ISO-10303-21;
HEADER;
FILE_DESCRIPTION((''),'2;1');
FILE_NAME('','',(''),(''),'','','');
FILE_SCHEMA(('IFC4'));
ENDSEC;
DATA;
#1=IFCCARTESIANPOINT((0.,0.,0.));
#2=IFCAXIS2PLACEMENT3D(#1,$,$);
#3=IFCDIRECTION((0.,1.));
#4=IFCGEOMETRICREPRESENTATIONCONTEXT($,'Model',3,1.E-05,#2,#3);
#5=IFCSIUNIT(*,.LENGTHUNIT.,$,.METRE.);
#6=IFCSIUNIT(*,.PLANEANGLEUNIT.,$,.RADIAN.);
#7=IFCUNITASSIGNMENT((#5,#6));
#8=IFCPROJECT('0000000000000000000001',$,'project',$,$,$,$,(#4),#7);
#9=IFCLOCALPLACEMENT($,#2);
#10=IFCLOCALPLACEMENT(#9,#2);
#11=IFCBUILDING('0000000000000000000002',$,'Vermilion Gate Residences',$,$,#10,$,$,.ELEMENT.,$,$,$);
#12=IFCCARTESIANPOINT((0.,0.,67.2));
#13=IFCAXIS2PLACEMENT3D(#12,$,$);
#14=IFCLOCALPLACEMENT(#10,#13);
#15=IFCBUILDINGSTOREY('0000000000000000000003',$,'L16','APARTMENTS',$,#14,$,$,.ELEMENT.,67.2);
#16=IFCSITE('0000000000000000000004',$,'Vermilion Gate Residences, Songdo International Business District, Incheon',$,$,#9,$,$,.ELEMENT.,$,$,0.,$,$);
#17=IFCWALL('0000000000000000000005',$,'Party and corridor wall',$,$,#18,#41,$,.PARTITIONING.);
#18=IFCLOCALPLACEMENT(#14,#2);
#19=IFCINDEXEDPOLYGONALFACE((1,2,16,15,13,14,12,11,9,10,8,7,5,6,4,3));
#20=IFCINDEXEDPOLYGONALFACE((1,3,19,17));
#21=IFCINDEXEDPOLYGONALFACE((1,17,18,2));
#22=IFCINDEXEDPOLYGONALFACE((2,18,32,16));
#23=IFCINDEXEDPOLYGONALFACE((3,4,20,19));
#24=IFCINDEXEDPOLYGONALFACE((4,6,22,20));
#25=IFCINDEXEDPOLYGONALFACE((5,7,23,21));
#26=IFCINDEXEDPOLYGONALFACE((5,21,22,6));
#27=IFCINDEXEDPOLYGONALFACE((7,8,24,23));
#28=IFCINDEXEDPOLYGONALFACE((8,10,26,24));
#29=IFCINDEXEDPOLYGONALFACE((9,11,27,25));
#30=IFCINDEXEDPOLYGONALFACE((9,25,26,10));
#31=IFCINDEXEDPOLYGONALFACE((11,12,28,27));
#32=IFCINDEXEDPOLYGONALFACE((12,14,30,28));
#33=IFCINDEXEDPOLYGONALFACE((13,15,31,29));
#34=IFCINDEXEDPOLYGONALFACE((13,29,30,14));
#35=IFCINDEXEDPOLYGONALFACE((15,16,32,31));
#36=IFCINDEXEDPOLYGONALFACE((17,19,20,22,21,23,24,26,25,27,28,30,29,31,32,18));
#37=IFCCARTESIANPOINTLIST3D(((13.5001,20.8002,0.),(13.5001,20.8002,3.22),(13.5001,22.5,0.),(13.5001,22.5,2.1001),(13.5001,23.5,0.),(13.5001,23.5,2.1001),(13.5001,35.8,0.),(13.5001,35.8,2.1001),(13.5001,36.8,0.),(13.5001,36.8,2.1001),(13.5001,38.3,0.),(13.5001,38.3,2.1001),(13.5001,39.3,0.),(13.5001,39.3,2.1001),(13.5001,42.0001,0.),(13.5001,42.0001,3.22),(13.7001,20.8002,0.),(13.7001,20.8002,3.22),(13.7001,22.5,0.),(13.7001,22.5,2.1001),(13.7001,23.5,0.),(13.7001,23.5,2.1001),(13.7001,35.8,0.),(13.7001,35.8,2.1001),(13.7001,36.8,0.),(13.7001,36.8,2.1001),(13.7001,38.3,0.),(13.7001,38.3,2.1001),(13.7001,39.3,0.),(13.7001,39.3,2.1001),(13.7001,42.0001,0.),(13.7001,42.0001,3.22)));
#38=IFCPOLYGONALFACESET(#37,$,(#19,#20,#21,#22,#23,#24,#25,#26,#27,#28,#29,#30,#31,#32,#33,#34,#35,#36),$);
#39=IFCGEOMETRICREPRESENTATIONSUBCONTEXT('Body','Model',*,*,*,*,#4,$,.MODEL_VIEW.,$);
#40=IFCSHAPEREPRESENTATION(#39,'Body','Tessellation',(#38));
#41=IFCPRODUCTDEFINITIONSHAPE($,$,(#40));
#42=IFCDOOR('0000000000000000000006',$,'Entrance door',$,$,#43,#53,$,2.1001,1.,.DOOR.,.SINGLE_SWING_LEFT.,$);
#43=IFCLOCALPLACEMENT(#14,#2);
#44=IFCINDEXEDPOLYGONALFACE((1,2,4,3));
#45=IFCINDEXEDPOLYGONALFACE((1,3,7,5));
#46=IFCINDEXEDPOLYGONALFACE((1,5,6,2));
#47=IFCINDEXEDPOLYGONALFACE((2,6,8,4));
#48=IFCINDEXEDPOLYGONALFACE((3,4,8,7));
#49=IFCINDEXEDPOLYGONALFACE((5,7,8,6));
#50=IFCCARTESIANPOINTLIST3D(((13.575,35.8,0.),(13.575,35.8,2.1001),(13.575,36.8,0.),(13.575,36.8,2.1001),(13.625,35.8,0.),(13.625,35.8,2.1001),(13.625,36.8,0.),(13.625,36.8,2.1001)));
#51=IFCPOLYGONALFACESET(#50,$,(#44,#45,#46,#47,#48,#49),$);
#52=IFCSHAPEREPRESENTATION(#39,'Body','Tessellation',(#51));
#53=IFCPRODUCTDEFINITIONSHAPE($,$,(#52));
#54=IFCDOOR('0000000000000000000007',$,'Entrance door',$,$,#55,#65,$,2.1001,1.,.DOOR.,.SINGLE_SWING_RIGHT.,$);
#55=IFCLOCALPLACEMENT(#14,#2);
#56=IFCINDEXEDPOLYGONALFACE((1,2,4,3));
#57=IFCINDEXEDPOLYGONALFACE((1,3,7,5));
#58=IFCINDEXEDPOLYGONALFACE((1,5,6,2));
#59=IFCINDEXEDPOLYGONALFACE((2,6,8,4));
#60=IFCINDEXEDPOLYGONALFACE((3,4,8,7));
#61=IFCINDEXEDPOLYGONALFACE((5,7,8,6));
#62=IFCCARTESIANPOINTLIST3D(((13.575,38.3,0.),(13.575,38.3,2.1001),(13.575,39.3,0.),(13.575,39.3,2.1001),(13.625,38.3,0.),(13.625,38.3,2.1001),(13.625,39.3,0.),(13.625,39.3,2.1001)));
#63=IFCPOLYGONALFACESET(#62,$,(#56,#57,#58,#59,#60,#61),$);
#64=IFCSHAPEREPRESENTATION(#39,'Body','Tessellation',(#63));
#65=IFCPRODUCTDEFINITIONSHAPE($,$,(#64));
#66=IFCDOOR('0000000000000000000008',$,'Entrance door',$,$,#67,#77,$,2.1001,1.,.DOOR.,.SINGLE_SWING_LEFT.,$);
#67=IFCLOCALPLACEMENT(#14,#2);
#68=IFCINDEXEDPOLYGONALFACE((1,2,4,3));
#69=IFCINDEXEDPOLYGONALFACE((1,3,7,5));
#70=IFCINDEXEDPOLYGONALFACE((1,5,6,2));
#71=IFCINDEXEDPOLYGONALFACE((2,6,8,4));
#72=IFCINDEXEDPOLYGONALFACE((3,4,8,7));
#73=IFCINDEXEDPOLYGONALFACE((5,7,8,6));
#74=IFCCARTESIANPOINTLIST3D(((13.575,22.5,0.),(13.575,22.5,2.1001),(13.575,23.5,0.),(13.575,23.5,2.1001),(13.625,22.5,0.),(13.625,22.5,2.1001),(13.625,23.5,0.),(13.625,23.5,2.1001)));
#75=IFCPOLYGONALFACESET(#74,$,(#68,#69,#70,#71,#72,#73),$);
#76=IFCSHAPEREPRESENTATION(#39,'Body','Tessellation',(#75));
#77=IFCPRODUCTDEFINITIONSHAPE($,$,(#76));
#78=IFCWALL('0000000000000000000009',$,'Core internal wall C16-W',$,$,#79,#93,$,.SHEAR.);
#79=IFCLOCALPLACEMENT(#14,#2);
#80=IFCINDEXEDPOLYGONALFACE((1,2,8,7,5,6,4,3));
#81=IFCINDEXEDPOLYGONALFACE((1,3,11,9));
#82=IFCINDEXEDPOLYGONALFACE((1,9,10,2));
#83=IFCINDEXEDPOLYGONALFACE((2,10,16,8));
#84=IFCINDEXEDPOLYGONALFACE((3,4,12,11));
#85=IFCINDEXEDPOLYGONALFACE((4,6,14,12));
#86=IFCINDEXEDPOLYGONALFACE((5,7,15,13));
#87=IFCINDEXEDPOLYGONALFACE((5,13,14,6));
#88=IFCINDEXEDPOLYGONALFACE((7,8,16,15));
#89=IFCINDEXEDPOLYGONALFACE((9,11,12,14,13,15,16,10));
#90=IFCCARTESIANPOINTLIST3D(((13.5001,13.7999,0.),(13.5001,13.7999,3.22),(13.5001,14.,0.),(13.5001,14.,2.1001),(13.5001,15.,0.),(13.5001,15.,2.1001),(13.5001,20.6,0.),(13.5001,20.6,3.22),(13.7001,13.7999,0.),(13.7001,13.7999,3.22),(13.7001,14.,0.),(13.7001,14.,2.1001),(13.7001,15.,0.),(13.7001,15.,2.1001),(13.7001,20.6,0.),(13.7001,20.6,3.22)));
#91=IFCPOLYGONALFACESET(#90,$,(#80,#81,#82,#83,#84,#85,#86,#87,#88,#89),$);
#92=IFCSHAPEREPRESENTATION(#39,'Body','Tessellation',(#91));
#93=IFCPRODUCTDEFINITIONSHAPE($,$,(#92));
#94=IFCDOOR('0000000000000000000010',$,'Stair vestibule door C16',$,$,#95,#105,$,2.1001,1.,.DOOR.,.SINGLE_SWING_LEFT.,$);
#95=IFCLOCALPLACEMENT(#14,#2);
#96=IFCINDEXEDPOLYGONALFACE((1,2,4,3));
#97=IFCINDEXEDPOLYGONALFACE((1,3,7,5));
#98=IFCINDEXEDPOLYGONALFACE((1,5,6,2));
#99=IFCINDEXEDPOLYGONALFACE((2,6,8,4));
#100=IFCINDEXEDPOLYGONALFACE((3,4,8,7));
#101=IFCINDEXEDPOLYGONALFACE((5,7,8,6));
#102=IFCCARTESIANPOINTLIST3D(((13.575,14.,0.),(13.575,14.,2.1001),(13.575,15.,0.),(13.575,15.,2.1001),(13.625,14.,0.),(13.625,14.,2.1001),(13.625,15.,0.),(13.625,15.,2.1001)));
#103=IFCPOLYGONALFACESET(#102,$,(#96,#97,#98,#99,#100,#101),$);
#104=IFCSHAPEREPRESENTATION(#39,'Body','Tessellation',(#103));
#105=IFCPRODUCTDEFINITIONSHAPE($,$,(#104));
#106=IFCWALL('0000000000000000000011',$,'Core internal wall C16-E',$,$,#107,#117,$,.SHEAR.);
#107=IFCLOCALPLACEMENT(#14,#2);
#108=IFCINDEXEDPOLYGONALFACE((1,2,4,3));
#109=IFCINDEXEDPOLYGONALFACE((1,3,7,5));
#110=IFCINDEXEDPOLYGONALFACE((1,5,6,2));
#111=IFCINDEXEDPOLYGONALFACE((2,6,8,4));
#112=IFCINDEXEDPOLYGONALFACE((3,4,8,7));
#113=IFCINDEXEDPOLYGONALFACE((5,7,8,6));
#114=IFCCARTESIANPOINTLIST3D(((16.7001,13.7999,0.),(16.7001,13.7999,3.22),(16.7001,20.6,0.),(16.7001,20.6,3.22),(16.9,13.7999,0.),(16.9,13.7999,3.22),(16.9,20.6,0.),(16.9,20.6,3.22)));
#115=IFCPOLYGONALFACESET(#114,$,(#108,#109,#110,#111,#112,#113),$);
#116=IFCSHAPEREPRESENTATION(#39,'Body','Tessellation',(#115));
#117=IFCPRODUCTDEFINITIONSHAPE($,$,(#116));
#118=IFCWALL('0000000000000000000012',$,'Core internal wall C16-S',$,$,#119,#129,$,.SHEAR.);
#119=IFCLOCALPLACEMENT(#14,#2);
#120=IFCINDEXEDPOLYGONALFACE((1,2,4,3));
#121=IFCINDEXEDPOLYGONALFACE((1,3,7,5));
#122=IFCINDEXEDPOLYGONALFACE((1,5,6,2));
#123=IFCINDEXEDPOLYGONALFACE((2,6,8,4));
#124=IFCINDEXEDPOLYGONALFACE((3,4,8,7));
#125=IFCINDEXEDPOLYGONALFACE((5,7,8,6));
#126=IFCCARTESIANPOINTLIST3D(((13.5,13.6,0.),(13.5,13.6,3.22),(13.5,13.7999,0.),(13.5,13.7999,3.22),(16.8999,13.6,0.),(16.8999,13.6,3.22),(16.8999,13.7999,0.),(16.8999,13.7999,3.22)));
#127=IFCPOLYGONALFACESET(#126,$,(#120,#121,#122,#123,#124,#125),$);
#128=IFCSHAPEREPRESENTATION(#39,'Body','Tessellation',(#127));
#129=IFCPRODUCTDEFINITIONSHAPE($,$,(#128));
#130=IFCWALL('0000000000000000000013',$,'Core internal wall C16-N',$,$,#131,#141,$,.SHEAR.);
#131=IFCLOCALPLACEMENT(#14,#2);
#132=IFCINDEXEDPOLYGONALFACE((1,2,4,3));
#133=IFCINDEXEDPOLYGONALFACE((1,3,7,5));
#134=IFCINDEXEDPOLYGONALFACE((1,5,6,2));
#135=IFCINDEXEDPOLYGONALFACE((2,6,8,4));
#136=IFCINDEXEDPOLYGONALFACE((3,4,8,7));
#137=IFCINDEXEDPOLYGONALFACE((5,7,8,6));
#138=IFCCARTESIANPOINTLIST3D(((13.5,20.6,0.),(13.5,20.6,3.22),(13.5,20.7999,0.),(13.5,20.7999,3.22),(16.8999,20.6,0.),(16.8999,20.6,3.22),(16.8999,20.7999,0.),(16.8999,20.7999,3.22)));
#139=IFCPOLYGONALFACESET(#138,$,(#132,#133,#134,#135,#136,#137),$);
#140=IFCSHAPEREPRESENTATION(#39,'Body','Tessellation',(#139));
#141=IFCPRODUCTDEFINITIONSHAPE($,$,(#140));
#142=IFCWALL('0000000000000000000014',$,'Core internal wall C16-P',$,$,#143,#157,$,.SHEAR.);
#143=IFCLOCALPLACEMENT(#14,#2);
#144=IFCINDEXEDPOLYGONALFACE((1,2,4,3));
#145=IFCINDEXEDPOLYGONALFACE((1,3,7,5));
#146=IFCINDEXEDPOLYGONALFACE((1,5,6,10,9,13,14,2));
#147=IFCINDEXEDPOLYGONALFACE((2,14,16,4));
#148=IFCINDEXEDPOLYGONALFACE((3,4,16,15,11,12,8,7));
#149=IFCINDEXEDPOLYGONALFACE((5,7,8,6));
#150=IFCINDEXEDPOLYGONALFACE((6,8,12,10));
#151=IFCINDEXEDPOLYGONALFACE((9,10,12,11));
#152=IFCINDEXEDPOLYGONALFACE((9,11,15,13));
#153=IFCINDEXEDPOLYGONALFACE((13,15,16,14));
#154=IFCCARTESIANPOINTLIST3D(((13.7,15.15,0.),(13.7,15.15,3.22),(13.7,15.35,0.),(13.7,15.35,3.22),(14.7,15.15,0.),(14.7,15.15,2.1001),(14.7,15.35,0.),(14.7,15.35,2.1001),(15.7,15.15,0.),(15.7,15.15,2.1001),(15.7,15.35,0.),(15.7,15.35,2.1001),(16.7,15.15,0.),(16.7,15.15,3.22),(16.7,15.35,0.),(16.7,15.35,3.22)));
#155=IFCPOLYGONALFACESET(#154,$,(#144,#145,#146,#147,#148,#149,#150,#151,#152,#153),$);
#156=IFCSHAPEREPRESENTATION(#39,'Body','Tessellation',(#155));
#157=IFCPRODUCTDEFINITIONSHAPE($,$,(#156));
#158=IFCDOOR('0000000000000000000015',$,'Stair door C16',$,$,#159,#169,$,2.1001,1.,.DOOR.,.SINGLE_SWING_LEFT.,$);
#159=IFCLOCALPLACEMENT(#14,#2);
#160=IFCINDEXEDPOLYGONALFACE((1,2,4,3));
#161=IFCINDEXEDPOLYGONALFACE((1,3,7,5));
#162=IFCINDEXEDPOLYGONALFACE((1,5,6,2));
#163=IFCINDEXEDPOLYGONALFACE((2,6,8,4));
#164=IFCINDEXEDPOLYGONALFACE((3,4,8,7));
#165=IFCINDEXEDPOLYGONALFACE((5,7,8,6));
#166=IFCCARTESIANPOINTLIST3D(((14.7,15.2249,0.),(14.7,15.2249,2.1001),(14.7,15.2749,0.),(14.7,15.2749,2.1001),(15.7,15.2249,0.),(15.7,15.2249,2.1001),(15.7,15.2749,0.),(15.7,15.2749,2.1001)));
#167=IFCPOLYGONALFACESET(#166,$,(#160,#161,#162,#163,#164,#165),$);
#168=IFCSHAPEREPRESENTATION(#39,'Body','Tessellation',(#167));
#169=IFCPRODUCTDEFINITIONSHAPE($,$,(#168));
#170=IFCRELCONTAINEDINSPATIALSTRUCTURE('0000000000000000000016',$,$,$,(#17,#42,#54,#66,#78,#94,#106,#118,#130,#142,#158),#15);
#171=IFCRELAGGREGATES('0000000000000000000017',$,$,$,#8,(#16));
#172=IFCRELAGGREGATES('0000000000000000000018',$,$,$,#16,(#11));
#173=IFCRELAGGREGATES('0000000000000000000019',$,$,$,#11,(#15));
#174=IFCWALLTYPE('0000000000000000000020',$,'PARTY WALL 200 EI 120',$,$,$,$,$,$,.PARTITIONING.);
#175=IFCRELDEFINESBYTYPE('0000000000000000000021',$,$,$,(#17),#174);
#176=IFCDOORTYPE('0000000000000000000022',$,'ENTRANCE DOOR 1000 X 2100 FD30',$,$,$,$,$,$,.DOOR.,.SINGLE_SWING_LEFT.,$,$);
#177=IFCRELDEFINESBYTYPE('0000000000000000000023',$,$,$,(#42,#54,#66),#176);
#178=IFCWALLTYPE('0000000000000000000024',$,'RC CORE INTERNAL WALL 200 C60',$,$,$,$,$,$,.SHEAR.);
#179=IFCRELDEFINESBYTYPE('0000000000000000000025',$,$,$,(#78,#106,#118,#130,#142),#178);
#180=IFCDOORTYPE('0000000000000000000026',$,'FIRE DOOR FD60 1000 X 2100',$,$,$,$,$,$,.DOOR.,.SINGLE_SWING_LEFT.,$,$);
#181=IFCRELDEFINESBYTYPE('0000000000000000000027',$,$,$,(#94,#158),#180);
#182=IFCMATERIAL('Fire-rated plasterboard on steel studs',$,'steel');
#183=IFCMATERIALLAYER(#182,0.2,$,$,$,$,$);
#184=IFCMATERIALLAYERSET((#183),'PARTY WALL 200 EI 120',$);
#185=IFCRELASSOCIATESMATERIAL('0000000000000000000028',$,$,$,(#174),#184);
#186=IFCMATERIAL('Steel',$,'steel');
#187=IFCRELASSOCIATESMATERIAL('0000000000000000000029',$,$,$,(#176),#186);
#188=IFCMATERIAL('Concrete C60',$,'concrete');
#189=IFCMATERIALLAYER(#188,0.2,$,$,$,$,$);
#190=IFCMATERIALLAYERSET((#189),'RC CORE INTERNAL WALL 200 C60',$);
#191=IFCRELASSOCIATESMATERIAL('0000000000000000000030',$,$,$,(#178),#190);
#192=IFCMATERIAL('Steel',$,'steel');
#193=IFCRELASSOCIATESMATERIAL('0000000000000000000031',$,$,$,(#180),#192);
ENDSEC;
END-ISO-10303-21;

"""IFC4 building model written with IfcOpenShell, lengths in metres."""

from ifc_helpers import new_model, si_unit, direction, frame, frame_2d, origin, place, context, subcontext, project, spatial, rectangle, extrude, material, layer, layer_set, type_object, element, fill, save


model = new_model("IFC4")

# Units and contexts
model_context = context("Model", 3, precision=1e-05, world=origin(), true_north=direction((0.0, 1.0)))
body_context = subcontext(model_context, "Body", "Model", "MODEL_VIEW")
ifc_project = project(units=[si_unit("LENGTHUNIT", "METRE"), si_unit("PLANEANGLEUNIT", "RADIAN")], contexts=[model_context])

# Site, building, storey
site_placement = place(None, origin())
site = spatial("IfcSite", under=ifc_project, at=site_placement, Name="Vermilion Gate Residences, Songdo International Business District, Incheon", CompositionType="ELEMENT", RefElevation=0.0)
building_placement = place(site_placement, origin())
building = spatial("IfcBuilding", under=site, at=building_placement, Name="Vermilion Gate Residences", CompositionType="ELEMENT")
storey_placement = place(building_placement, frame((0.0, 0.0, 67.2)))
storey = spatial("IfcBuildingStorey", under=building, at=storey_placement, Name="L16", Description="APARTMENTS", CompositionType="ELEMENT", Elevation=67.2)

# Wall, openings, doors
ifc_material_1 = material(Name="Fire-rated plasterboard on steel studs", Category="steel")
ifc_layer_1 = layer(ifc_material_1, 0.2)
ifc_layer_set_1 = layer_set([ifc_layer_1], Name="PARTY WALL 200 EI 120")
wall_type_1 = type_object("IfcWallType", Name="PARTY WALL 200 EI 120", PredefinedType="PARTITIONING", material=ifc_layer_set_1)
ifc_material_2 = material(Name="Steel", Category="steel")
door_type_1 = type_object("IfcDoorType", Name="ENTRANCE DOOR 1000 X 2100 FD30", OperationType="SINGLE_SWING_LEFT", PredefinedType="DOOR", material=ifc_material_2)
wall_1_placement = place(storey_placement, frame((13.6001, 20.8, 0.0), z_axis=(0.0, 0.0, 1.0), x_axis=(0.0, 1.0, 0.0)))
wall_1 = element("IfcWall", 1, at=wall_1_placement, inside=storey, type_object=wall_type_1, Name="Party and corridor wall", PredefinedType="PARTITIONING", context=body_context, shape_type="SweptSolid", body=[
    extrude(rectangle(XDim=21.2, YDim=0.2, at=frame_2d((10.6001, 0.0))), origin(), (0.0, 0.0, 1.0), 3.22),
])
opening_1_placement = place(wall_1_placement, frame((15.0, 0.0, 0.0)))
opening_1 = element("IfcOpeningElement", 2, at=opening_1_placement, cuts=wall_1, PredefinedType="OPENING", context=body_context, shape_type="SweptSolid", body=[
    extrude(rectangle(XDim=1.0, YDim=2.1001, at=frame_2d((0.5, 1.05))), frame((0.0, 0.1099, 0.0), z_axis=(0.0, -1.0, 0.0), x_axis=(1.0, 0.0, 0.0)), (0.0, 0.0, 1.0), 0.22),
])
opening_2_placement = place(wall_1_placement, frame((17.5, 0.0, 0.0)))
opening_2 = element("IfcOpeningElement", 3, at=opening_2_placement, cuts=wall_1, PredefinedType="OPENING", context=body_context, shape_type="SweptSolid", body=[
    extrude(rectangle(XDim=1.0, YDim=2.1001, at=frame_2d((0.5, 1.05))), frame((0.0, 0.1099, 0.0), z_axis=(0.0, -1.0, 0.0), x_axis=(1.0, 0.0, 0.0)), (0.0, 0.0, 1.0), 0.22),
])
opening_3_placement = place(wall_1_placement, frame((1.7, 0.0, 0.0)))
opening_3 = element("IfcOpeningElement", 4, at=opening_3_placement, cuts=wall_1, PredefinedType="OPENING", context=body_context, shape_type="SweptSolid", body=[
    extrude(rectangle(XDim=1.0, YDim=2.1001, at=frame_2d((0.5, 1.05))), frame((0.0, 0.1099, 0.0), z_axis=(0.0, -1.0, 0.0), x_axis=(1.0, 0.0, 0.0)), (0.0, 0.0, 1.0), 0.22),
])
door_1_placement = place(opening_1_placement, frame((1.0, 0.0, 0.0), z_axis=(0.0, 0.0, 1.0), x_axis=(-1.0, 0.0, 0.0)))
door_1 = element("IfcDoor", 5, at=door_1_placement, inside=storey, type_object=door_type_1, Name="Entrance door", OperationType="SINGLE_SWING_LEFT", OverallHeight=2.1001, OverallWidth=1.0, PredefinedType="DOOR", context=body_context, shape_type="SweptSolid", body=[
    extrude(rectangle(XDim=1.0, YDim=2.1001, at=frame_2d((0.5, 1.05))), frame((0.0, 0.0249, 0.0), z_axis=(0.0, -1.0, 0.0), x_axis=(1.0, 0.0, 0.0)), (0.0, 0.0, 1.0), 0.05),
])
fill(opening_1, door_1)
door_2_placement = place(opening_2_placement, frame((1.0, 0.0, 0.0), z_axis=(0.0, 0.0, 1.0), x_axis=(-1.0, 0.0, 0.0)))
door_2 = element("IfcDoor", 6, at=door_2_placement, inside=storey, type_object=door_type_1, Name="Entrance door", OperationType="SINGLE_SWING_RIGHT", OverallHeight=2.1001, OverallWidth=1.0, PredefinedType="DOOR", context=body_context, shape_type="SweptSolid", body=[
    extrude(rectangle(XDim=1.0, YDim=2.1001, at=frame_2d((0.5, 1.05))), frame((0.0, 0.0249, 0.0), z_axis=(0.0, -1.0, 0.0), x_axis=(1.0, 0.0, 0.0)), (0.0, 0.0, 1.0), 0.05),
])
fill(opening_2, door_2)
door_3_placement = place(opening_3_placement, frame((1.0, 0.0, 0.0), z_axis=(0.0, 0.0, 1.0), x_axis=(-1.0, 0.0, 0.0)))
door_3 = element("IfcDoor", 7, at=door_3_placement, inside=storey, type_object=door_type_1, Name="Entrance door", OperationType="SINGLE_SWING_LEFT", OverallHeight=2.1001, OverallWidth=1.0, PredefinedType="DOOR", context=body_context, shape_type="SweptSolid", body=[
    extrude(rectangle(XDim=1.0, YDim=2.1001, at=frame_2d((0.5, 1.05))), frame((0.0, 0.0249, 0.0), z_axis=(0.0, -1.0, 0.0), x_axis=(1.0, 0.0, 0.0)), (0.0, 0.0, 1.0), 0.05),
])
fill(opening_3, door_3)

# Wall, opening, door
ifc_material_3 = material(Name="Concrete C60", Category="concrete")
ifc_layer_2 = layer(ifc_material_3, 0.2)
ifc_layer_set_2 = layer_set([ifc_layer_2], Name="RC CORE INTERNAL WALL 200 C60")
wall_type_2 = type_object("IfcWallType", Name="RC CORE INTERNAL WALL 200 C60", PredefinedType="SHEAR", material=ifc_layer_set_2)
wall_2_placement = place(storey_placement, frame((13.6001, 13.8, 0.0), z_axis=(0.0, 0.0, 1.0), x_axis=(0.0, 1.0, 0.0)))
wall_2 = element("IfcWall", 8, at=wall_2_placement, inside=storey, type_object=wall_type_2, Name="Core internal wall C16-W", PredefinedType="SHEAR", context=body_context, shape_type="SweptSolid", body=[
    extrude(rectangle(XDim=6.8, YDim=0.2, at=frame_2d((3.3999, 0.0))), origin(), (0.0, 0.0, 1.0), 3.22),
])
opening_4_placement = place(wall_2_placement, frame((0.2, 0.0, 0.0)))
opening_4 = element("IfcOpeningElement", 9, at=opening_4_placement, cuts=wall_2, PredefinedType="OPENING", context=body_context, shape_type="SweptSolid", body=[
    extrude(rectangle(XDim=1.0, YDim=2.1001, at=frame_2d((0.5, 1.05))), frame((0.0, 0.1099, 0.0), z_axis=(0.0, -1.0, 0.0), x_axis=(1.0, 0.0, 0.0)), (0.0, 0.0, 1.0), 0.22),
])
ifc_material_4 = material(Name="Steel", Category="steel")
door_type_2 = type_object("IfcDoorType", Name="FIRE DOOR FD60 1000 X 2100", OperationType="SINGLE_SWING_LEFT", PredefinedType="DOOR", material=ifc_material_4)
door_4_placement = place(opening_4_placement, frame((1.0, 0.0, 0.0), z_axis=(0.0, 0.0, 1.0), x_axis=(-1.0, 0.0, 0.0)))
door_4 = element("IfcDoor", 10, at=door_4_placement, inside=storey, type_object=door_type_2, Name="Stair vestibule door C16", OperationType="SINGLE_SWING_LEFT", OverallHeight=2.1001, OverallWidth=1.0, PredefinedType="DOOR", context=body_context, shape_type="SweptSolid", body=[
    extrude(rectangle(XDim=1.0, YDim=2.1001, at=frame_2d((0.5, 1.05))), frame((0.0, 0.0249, 0.0), z_axis=(0.0, -1.0, 0.0), x_axis=(1.0, 0.0, 0.0)), (0.0, 0.0, 1.0), 0.05),
])
fill(opening_4, door_4)

# Walls
wall_3_placement = place(storey_placement, frame((16.8, 13.8, 0.0), z_axis=(0.0, 0.0, 1.0), x_axis=(0.0, 1.0, 0.0)))
element("IfcWall", 11, at=wall_3_placement, inside=storey, type_object=wall_type_2, Name="Core internal wall C16-E", PredefinedType="SHEAR", context=body_context, shape_type="SweptSolid", body=[
    extrude(rectangle(XDim=6.8, YDim=0.2, at=frame_2d((3.3999, 0.0))), origin(), (0.0, 0.0, 1.0), 3.22),
])
for number, where, z_axis, x_axis, name in (
    (12, (13.5, 13.7, 0.0), (0.0, 0.0, 1.0), (1.0, 0.0, 0.0), "Core internal wall C16-S"),
    (13, (13.5, 20.7, 0.0), (0.0, 0.0, 1.0), (1.0, 0.0, 0.0), "Core internal wall C16-N"),
):
    element("IfcWall", number, at=place(storey_placement, frame(where, z_axis=z_axis, x_axis=x_axis)), inside=storey, type_object=wall_type_2, Name=name, PredefinedType="SHEAR", context=body_context, shape_type="SweptSolid", body=[
        extrude(rectangle(XDim=3.3999, YDim=0.2, at=frame_2d((1.7, 0.0))), origin(), (0.0, 0.0, 1.0), 3.22),
    ])

# Wall, opening, door
wall_4_placement = place(storey_placement, frame((13.7, 15.25, 0.0), z_axis=(0.0, 0.0, 1.0), x_axis=(1.0, 0.0, 0.0)))
wall_4 = element("IfcWall", 14, at=wall_4_placement, inside=storey, type_object=wall_type_2, Name="Core internal wall C16-P", PredefinedType="SHEAR", context=body_context, shape_type="SweptSolid", body=[
    extrude(rectangle(XDim=3.0, YDim=0.2, at=frame_2d((1.5, 0.0))), origin(), (0.0, 0.0, 1.0), 3.22),
])
opening_5_placement = place(wall_4_placement, frame((1.0, 0.0, 0.0)))
opening_5 = element("IfcOpeningElement", 15, at=opening_5_placement, cuts=wall_4, PredefinedType="OPENING", context=body_context, shape_type="SweptSolid", body=[
    extrude(rectangle(XDim=1.0, YDim=2.1001, at=frame_2d((0.5, 1.05))), frame((0.0, 0.1099, 0.0), z_axis=(0.0, -1.0, 0.0), x_axis=(1.0, 0.0, 0.0)), (0.0, 0.0, 1.0), 0.22),
])
door_5_placement = place(opening_5_placement, origin())
door_5 = element("IfcDoor", 16, at=door_5_placement, inside=storey, type_object=door_type_2, Name="Stair door C16", OperationType="SINGLE_SWING_LEFT", OverallHeight=2.1001, OverallWidth=1.0, PredefinedType="DOOR", context=body_context, shape_type="SweptSolid", body=[
    extrude(rectangle(XDim=1.0, YDim=2.1001, at=frame_2d((0.5, 1.05))), frame((0.0, 0.0249, 0.0), z_axis=(0.0, -1.0, 0.0), x_axis=(1.0, 0.0, 0.0)), (0.0, 0.0, 1.0), 0.05),
])
fill(opening_5, door_5)

save(model, "model.ifc")
